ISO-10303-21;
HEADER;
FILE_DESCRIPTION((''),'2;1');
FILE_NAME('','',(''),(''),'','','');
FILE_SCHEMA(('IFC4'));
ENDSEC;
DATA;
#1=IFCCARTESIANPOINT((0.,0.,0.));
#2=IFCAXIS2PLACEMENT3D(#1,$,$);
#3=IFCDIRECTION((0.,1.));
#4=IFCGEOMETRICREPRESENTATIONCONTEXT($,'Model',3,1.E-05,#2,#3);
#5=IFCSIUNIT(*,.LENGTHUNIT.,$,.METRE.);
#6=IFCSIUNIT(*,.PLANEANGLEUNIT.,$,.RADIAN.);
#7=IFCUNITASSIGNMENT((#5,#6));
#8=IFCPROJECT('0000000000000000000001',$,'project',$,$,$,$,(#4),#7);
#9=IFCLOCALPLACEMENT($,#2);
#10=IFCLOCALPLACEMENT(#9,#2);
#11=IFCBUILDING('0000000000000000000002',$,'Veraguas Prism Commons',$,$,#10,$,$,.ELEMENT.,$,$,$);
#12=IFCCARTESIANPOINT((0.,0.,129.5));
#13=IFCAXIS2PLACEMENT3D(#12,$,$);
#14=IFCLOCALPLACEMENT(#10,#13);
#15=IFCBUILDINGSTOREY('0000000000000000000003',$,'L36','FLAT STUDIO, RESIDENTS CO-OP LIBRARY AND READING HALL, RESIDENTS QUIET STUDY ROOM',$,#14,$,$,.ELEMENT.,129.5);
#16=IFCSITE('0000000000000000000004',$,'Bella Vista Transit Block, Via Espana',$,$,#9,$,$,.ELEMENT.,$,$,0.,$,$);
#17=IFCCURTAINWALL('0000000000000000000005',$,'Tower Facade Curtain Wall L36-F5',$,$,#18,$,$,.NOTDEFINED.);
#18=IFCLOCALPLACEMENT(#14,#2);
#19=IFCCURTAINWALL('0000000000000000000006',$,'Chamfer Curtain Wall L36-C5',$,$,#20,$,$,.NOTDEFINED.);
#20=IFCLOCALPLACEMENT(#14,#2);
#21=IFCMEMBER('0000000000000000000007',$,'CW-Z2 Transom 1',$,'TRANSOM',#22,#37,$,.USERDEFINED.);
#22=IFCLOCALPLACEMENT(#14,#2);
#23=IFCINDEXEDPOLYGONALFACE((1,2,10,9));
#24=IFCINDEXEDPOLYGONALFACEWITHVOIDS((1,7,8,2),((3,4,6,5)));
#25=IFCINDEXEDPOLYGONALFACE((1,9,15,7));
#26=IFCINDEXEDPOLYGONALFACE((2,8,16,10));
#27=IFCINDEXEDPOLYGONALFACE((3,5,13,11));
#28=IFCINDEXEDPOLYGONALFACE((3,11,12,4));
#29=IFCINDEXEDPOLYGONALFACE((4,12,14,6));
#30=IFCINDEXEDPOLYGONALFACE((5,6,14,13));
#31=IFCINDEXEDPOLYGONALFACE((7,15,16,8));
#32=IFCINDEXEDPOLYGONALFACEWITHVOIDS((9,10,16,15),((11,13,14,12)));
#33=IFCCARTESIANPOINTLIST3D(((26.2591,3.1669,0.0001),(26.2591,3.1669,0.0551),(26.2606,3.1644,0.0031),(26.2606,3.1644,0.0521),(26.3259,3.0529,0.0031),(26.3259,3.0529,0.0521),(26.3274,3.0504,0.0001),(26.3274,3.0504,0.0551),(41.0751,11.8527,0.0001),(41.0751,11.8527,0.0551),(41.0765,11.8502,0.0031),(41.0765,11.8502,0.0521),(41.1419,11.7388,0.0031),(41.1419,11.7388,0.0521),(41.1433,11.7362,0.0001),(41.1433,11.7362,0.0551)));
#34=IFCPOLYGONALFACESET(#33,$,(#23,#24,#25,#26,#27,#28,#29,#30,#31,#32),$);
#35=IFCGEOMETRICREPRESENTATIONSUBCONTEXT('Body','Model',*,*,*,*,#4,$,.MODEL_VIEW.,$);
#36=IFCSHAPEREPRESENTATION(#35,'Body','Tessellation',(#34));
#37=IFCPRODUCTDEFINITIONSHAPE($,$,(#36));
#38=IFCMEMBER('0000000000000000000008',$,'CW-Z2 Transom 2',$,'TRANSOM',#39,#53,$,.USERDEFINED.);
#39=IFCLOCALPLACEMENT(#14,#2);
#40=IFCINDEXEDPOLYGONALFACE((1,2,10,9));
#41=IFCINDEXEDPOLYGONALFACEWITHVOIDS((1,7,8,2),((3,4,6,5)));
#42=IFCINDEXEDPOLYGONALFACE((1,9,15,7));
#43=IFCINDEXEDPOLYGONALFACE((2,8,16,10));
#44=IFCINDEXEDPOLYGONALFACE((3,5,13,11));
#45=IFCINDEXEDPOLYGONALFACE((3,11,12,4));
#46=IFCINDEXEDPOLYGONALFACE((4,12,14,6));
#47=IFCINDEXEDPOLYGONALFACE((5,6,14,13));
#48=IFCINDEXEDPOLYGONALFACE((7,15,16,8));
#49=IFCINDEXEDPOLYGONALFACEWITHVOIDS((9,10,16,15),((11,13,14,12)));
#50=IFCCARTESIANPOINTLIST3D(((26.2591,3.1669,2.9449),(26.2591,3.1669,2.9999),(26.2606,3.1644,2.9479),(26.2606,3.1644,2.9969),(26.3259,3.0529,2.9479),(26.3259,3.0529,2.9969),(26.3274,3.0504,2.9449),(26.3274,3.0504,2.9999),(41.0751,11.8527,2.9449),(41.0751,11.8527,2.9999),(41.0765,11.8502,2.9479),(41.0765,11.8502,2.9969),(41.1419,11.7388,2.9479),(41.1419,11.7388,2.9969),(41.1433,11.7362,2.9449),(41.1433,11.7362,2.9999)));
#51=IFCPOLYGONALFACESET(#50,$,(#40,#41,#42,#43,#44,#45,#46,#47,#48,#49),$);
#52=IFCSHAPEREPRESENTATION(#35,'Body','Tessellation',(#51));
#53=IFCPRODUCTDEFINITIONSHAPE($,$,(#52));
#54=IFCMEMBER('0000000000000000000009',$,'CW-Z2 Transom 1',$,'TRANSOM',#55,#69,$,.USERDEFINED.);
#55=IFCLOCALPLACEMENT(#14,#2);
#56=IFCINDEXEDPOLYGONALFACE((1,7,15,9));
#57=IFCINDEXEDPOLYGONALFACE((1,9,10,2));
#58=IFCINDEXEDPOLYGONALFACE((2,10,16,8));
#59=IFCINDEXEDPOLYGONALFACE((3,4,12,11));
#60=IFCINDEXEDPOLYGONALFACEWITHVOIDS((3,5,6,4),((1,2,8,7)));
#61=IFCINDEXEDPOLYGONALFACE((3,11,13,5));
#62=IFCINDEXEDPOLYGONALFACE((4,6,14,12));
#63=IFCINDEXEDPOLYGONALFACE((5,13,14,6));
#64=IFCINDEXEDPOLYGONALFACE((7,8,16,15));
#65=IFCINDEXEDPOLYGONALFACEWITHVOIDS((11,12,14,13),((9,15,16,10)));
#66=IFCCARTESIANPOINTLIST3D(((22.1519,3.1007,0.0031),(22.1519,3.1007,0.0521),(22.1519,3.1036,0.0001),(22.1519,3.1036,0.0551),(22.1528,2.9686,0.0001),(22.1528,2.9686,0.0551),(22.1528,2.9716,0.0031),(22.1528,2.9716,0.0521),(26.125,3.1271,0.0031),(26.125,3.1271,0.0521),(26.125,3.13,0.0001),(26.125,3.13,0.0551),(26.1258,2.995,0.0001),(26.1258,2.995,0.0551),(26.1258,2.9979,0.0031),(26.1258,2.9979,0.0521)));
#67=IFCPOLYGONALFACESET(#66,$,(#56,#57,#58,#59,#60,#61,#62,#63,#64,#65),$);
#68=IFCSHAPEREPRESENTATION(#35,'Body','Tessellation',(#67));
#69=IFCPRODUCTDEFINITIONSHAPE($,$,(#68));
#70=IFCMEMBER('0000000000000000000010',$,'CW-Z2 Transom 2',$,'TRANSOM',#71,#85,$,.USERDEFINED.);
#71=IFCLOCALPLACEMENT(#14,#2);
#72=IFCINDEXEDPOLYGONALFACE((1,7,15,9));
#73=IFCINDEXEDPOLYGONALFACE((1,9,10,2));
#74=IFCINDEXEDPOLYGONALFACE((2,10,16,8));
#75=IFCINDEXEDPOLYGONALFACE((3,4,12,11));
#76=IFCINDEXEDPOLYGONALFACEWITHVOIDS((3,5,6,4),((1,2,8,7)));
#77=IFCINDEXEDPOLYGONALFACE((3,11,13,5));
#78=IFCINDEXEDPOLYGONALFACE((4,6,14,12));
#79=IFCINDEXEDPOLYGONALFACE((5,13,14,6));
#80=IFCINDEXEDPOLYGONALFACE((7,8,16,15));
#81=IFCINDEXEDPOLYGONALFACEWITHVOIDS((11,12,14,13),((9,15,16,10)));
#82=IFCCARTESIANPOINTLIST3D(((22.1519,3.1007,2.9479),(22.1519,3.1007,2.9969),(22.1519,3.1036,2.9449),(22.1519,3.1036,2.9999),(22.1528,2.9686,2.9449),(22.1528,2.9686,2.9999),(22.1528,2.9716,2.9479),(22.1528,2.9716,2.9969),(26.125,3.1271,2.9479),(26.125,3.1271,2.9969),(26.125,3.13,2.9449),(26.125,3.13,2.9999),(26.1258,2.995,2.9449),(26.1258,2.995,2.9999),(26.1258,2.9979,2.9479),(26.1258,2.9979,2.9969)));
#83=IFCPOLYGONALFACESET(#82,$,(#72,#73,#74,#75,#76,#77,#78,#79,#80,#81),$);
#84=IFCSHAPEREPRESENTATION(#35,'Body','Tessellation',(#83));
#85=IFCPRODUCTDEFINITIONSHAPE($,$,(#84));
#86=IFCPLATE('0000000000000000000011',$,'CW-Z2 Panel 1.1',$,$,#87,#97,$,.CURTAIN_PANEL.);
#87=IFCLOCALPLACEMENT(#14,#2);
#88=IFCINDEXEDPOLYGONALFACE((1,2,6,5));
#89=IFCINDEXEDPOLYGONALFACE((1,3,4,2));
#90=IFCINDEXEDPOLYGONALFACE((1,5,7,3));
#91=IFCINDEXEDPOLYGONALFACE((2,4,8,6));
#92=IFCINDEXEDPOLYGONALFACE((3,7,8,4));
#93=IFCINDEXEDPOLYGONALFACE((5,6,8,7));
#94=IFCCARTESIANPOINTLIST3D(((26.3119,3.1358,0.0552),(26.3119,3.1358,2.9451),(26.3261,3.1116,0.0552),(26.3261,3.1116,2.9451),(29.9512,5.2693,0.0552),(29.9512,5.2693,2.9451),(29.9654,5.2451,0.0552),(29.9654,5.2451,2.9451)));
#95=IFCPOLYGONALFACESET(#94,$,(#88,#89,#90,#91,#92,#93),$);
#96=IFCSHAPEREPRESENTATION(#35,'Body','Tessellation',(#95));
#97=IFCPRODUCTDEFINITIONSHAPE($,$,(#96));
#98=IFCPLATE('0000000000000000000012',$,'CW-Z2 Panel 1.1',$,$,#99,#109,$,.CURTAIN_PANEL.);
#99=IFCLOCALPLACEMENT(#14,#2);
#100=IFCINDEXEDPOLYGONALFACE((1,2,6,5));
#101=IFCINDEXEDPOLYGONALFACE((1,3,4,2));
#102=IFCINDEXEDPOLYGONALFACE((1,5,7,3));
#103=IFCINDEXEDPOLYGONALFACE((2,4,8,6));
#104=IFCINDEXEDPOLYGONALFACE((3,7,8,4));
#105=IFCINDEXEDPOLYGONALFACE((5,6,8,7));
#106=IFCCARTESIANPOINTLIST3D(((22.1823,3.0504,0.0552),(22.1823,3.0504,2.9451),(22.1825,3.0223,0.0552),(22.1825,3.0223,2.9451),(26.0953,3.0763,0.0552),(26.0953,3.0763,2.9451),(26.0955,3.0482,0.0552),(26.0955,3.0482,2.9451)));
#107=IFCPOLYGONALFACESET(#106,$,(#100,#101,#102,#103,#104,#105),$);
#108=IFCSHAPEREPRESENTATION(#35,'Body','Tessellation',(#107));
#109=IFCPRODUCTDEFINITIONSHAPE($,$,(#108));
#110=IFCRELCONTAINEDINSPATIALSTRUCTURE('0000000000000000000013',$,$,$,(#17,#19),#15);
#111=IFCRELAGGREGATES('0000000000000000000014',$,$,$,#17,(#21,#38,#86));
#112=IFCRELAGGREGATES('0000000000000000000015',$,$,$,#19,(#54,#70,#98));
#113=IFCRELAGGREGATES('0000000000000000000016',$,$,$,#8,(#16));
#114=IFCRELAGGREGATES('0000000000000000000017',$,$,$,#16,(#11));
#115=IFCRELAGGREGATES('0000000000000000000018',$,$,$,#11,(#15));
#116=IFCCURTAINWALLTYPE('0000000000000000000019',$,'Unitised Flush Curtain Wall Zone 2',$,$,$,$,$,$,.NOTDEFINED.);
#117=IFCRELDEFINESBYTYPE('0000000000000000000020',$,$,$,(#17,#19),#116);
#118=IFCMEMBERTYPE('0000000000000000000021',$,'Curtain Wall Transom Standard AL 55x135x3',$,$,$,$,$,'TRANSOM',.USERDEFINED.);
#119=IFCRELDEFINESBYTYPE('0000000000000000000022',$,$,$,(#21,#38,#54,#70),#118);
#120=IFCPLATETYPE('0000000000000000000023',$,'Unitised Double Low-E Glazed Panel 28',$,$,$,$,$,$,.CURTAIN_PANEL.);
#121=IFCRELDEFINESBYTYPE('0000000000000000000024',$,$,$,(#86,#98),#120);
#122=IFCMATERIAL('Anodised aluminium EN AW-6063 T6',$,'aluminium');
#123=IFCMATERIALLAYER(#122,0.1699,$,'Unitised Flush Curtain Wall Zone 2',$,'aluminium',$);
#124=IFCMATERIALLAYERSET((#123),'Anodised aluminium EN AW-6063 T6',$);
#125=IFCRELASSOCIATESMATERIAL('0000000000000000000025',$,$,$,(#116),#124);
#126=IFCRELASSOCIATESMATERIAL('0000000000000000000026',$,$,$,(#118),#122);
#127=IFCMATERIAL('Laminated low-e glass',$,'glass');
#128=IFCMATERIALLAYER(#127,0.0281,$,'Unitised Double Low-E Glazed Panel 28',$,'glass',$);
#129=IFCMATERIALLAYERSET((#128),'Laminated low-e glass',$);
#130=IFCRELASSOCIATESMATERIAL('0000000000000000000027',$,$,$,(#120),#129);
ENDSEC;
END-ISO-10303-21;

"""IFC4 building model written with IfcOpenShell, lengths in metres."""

from ifc_helpers import new_model, si_unit, direction, frame, origin, origin_2d, place, context, subcontext, project, spatial, rectangle, hollow_rectangle, extrude, source, transform, mapped, material, layer, layer_set, material_profile, profile_set, type_object, element, aggregate, save


model = new_model("IFC4")

# Units and contexts
model_context = context("Model", 3, precision=1e-05, world=origin(), true_north=direction((0.0, 1.0)))
body_context = subcontext(model_context, "Body", "Model", "MODEL_VIEW")
ifc_project = project(units=[si_unit("LENGTHUNIT", "METRE"), si_unit("PLANEANGLEUNIT", "RADIAN")], contexts=[model_context])

# Site, building, storey
site_placement = place(None, origin())
site = spatial("IfcSite", under=ifc_project, at=site_placement, Name="Bella Vista Transit Block, Via Espana", CompositionType="ELEMENT", RefElevation=0.0)
building_placement = place(site_placement, origin())
building = spatial("IfcBuilding", under=site, at=building_placement, Name="Veraguas Prism Commons", CompositionType="ELEMENT")
storey_placement = place(building_placement, frame((0.0, 0.0, 129.5)))
storey = spatial("IfcBuildingStorey", under=building, at=storey_placement, Name="L36", Description="FLAT STUDIO, RESIDENTS CO-OP LIBRARY AND READING HALL, RESIDENTS QUIET STUDY ROOM", CompositionType="ELEMENT", Elevation=129.5)

# Shared definitions
ifc_material_1 = material(Name="Anodised aluminium EN AW-6063 T6", Category="aluminium")
ifc_layer_1 = layer(ifc_material_1, 0.1699, Name="Unitised Flush Curtain Wall Zone 2", Category="aluminium")
ifc_layer_set_1 = layer_set([ifc_layer_1], Name="Anodised aluminium EN AW-6063 T6")
curtain_wall_type = type_object("IfcCurtainWallType", Name="Unitised Flush Curtain Wall Zone 2", PredefinedType="NOTDEFINED", material=ifc_layer_set_1)

# Curtain walls
curtain_wall_1_placement = place(storey_placement, origin())
curtain_wall_1 = element("IfcCurtainWall", 1, at=curtain_wall_1_placement, inside=storey, type_object=curtain_wall_type, Name="Tower Facade Curtain Wall L36-F5", PredefinedType="NOTDEFINED")
curtain_wall_2_placement = place(storey_placement, origin())
curtain_wall_2 = element("IfcCurtainWall", 2, at=curtain_wall_2_placement, inside=storey, type_object=curtain_wall_type, Name="Chamfer Curtain Wall L36-C5", PredefinedType="NOTDEFINED")

# Members
ifc_material_profile_1 = material_profile(ifc_material_1, hollow_rectangle(XDim=0.0549, YDim=0.135, WallThickness=0.0029, at=origin_2d()), Name="AL55X135X3")
ifc_profile_set_1 = profile_set([ifc_material_profile_1], Name="Anodised aluminium EN AW-6063 T6")
member_type_1 = type_object("IfcMemberType", Name="Curtain Wall Transom Standard AL 55x135x3", ElementType="TRANSOM", PredefinedType="USERDEFINED", material=ifc_profile_set_1)
shared_shape_1 = source(origin(), body_context, "Body", "SweptSolid", [
    extrude(hollow_rectangle(XDim=0.0549, YDim=0.135, WallThickness=0.0029, at=origin_2d()), origin(), (0.0, 0.0, 1.0), 17.1743),
])
member_1_placement = place(storey_placement, frame((26.2932, 3.1086, 0.0276), z_axis=(0.862683, 0.505745, 0.0), x_axis=(0.0, 0.0, 1.0)))
member_1 = element("IfcMember", 3, at=member_1_placement, type_object=member_type_1, Name="CW-Z2 Transom 1", ObjectType="TRANSOM", PredefinedType="USERDEFINED", context=body_context, shape_type="MappedRepresentation", body=[
    mapped(shared_shape_1, transform((0.0, 0.0, 0.0), scale=1.0)),
])
member_2_placement = place(storey_placement, frame((26.2932, 3.1086, 2.9724), z_axis=(0.862683, 0.505745, 0.0), x_axis=(0.0, 0.0, 1.0)))
member_2 = element("IfcMember", 4, at=member_2_placement, type_object=member_type_1, Name="CW-Z2 Transom 2", ObjectType="TRANSOM", PredefinedType="USERDEFINED", context=body_context, shape_type="MappedRepresentation", body=[
    mapped(shared_shape_1, transform((0.0, 0.0, 0.0), scale=1.0)),
])
shared_shape_2 = source(origin(), body_context, "Body", "SweptSolid", [
    extrude(hollow_rectangle(XDim=0.0549, YDim=0.135, WallThickness=0.0029, at=origin_2d()), origin(), (0.0, 0.0, 1.0), 3.9731),
])
member_3_placement = place(storey_placement, frame((22.1523, 3.0361, 0.0276), z_axis=(0.999978, 0.006636, 0.0), x_axis=(0.0, 0.0, 1.0)))
member_3 = element("IfcMember", 5, at=member_3_placement, type_object=member_type_1, Name="CW-Z2 Transom 1", ObjectType="TRANSOM", PredefinedType="USERDEFINED", context=body_context, shape_type="MappedRepresentation", body=[
    mapped(shared_shape_2, transform((0.0, 0.0, 0.0), scale=1.0)),
])
member_4_placement = place(storey_placement, frame((22.1523, 3.0361, 2.9724), z_axis=(0.999978, 0.006636, 0.0), x_axis=(0.0, 0.0, 1.0)))
member_4 = element("IfcMember", 6, at=member_4_placement, type_object=member_type_1, Name="CW-Z2 Transom 2", ObjectType="TRANSOM", PredefinedType="USERDEFINED", context=body_context, shape_type="MappedRepresentation", body=[
    mapped(shared_shape_2, transform((0.0, 0.0, 0.0), scale=1.0)),
])

# Plates
ifc_material_2 = material(Name="Laminated low-e glass", Category="glass")
ifc_layer_2 = layer(ifc_material_2, 0.0281, Name="Unitised Double Low-E Glazed Panel 28", Category="glass")
ifc_layer_set_2 = layer_set([ifc_layer_2], Name="Laminated low-e glass")
plate_type = type_object("IfcPlateType", Name="Unitised Double Low-E Glazed Panel 28", PredefinedType="CURTAIN_PANEL", material=ifc_layer_set_2)
shared_shape_3 = source(origin(), body_context, "Body", "SweptSolid", [
    extrude(rectangle(XDim=4.2185, YDim=0.0281, at=origin_2d()), origin(), (0.0, 0.0, 1.0), 2.8899),
])
plate_1_placement = place(storey_placement, frame((28.1387, 4.1904, 0.0552), z_axis=(0.0, 0.0, 1.0), x_axis=(0.862686, 0.50574, 0.0)))
plate_1 = element("IfcPlate", 7, at=plate_1_placement, type_object=plate_type, Name="CW-Z2 Panel 1.1", PredefinedType="CURTAIN_PANEL", context=body_context, shape_type="MappedRepresentation", body=[
    mapped(shared_shape_3, transform((0.0, 0.0, 0.0), scale=1.0)),
])
aggregate(curtain_wall_1, [member_1, member_2, plate_1])
shared_shape_4 = source(origin(), body_context, "Body", "SweptSolid", [
    extrude(rectangle(XDim=3.9131, YDim=0.0281, at=origin_2d()), origin(), (0.0, 0.0, 1.0), 2.8899),
])
plate_2_placement = place(storey_placement, frame((24.1389, 3.0493, 0.0552), z_axis=(0.0, 0.0, 1.0), x_axis=(0.999978, 0.00662, 0.0)))
plate_2 = element("IfcPlate", 8, at=plate_2_placement, type_object=plate_type, Name="CW-Z2 Panel 1.1", PredefinedType="CURTAIN_PANEL", context=body_context, shape_type="MappedRepresentation", body=[
    mapped(shared_shape_4, transform((0.0, 0.0, 0.0), scale=1.0)),
])
aggregate(curtain_wall_2, [member_3, member_4, plate_2])

save(model, "model.ifc")
